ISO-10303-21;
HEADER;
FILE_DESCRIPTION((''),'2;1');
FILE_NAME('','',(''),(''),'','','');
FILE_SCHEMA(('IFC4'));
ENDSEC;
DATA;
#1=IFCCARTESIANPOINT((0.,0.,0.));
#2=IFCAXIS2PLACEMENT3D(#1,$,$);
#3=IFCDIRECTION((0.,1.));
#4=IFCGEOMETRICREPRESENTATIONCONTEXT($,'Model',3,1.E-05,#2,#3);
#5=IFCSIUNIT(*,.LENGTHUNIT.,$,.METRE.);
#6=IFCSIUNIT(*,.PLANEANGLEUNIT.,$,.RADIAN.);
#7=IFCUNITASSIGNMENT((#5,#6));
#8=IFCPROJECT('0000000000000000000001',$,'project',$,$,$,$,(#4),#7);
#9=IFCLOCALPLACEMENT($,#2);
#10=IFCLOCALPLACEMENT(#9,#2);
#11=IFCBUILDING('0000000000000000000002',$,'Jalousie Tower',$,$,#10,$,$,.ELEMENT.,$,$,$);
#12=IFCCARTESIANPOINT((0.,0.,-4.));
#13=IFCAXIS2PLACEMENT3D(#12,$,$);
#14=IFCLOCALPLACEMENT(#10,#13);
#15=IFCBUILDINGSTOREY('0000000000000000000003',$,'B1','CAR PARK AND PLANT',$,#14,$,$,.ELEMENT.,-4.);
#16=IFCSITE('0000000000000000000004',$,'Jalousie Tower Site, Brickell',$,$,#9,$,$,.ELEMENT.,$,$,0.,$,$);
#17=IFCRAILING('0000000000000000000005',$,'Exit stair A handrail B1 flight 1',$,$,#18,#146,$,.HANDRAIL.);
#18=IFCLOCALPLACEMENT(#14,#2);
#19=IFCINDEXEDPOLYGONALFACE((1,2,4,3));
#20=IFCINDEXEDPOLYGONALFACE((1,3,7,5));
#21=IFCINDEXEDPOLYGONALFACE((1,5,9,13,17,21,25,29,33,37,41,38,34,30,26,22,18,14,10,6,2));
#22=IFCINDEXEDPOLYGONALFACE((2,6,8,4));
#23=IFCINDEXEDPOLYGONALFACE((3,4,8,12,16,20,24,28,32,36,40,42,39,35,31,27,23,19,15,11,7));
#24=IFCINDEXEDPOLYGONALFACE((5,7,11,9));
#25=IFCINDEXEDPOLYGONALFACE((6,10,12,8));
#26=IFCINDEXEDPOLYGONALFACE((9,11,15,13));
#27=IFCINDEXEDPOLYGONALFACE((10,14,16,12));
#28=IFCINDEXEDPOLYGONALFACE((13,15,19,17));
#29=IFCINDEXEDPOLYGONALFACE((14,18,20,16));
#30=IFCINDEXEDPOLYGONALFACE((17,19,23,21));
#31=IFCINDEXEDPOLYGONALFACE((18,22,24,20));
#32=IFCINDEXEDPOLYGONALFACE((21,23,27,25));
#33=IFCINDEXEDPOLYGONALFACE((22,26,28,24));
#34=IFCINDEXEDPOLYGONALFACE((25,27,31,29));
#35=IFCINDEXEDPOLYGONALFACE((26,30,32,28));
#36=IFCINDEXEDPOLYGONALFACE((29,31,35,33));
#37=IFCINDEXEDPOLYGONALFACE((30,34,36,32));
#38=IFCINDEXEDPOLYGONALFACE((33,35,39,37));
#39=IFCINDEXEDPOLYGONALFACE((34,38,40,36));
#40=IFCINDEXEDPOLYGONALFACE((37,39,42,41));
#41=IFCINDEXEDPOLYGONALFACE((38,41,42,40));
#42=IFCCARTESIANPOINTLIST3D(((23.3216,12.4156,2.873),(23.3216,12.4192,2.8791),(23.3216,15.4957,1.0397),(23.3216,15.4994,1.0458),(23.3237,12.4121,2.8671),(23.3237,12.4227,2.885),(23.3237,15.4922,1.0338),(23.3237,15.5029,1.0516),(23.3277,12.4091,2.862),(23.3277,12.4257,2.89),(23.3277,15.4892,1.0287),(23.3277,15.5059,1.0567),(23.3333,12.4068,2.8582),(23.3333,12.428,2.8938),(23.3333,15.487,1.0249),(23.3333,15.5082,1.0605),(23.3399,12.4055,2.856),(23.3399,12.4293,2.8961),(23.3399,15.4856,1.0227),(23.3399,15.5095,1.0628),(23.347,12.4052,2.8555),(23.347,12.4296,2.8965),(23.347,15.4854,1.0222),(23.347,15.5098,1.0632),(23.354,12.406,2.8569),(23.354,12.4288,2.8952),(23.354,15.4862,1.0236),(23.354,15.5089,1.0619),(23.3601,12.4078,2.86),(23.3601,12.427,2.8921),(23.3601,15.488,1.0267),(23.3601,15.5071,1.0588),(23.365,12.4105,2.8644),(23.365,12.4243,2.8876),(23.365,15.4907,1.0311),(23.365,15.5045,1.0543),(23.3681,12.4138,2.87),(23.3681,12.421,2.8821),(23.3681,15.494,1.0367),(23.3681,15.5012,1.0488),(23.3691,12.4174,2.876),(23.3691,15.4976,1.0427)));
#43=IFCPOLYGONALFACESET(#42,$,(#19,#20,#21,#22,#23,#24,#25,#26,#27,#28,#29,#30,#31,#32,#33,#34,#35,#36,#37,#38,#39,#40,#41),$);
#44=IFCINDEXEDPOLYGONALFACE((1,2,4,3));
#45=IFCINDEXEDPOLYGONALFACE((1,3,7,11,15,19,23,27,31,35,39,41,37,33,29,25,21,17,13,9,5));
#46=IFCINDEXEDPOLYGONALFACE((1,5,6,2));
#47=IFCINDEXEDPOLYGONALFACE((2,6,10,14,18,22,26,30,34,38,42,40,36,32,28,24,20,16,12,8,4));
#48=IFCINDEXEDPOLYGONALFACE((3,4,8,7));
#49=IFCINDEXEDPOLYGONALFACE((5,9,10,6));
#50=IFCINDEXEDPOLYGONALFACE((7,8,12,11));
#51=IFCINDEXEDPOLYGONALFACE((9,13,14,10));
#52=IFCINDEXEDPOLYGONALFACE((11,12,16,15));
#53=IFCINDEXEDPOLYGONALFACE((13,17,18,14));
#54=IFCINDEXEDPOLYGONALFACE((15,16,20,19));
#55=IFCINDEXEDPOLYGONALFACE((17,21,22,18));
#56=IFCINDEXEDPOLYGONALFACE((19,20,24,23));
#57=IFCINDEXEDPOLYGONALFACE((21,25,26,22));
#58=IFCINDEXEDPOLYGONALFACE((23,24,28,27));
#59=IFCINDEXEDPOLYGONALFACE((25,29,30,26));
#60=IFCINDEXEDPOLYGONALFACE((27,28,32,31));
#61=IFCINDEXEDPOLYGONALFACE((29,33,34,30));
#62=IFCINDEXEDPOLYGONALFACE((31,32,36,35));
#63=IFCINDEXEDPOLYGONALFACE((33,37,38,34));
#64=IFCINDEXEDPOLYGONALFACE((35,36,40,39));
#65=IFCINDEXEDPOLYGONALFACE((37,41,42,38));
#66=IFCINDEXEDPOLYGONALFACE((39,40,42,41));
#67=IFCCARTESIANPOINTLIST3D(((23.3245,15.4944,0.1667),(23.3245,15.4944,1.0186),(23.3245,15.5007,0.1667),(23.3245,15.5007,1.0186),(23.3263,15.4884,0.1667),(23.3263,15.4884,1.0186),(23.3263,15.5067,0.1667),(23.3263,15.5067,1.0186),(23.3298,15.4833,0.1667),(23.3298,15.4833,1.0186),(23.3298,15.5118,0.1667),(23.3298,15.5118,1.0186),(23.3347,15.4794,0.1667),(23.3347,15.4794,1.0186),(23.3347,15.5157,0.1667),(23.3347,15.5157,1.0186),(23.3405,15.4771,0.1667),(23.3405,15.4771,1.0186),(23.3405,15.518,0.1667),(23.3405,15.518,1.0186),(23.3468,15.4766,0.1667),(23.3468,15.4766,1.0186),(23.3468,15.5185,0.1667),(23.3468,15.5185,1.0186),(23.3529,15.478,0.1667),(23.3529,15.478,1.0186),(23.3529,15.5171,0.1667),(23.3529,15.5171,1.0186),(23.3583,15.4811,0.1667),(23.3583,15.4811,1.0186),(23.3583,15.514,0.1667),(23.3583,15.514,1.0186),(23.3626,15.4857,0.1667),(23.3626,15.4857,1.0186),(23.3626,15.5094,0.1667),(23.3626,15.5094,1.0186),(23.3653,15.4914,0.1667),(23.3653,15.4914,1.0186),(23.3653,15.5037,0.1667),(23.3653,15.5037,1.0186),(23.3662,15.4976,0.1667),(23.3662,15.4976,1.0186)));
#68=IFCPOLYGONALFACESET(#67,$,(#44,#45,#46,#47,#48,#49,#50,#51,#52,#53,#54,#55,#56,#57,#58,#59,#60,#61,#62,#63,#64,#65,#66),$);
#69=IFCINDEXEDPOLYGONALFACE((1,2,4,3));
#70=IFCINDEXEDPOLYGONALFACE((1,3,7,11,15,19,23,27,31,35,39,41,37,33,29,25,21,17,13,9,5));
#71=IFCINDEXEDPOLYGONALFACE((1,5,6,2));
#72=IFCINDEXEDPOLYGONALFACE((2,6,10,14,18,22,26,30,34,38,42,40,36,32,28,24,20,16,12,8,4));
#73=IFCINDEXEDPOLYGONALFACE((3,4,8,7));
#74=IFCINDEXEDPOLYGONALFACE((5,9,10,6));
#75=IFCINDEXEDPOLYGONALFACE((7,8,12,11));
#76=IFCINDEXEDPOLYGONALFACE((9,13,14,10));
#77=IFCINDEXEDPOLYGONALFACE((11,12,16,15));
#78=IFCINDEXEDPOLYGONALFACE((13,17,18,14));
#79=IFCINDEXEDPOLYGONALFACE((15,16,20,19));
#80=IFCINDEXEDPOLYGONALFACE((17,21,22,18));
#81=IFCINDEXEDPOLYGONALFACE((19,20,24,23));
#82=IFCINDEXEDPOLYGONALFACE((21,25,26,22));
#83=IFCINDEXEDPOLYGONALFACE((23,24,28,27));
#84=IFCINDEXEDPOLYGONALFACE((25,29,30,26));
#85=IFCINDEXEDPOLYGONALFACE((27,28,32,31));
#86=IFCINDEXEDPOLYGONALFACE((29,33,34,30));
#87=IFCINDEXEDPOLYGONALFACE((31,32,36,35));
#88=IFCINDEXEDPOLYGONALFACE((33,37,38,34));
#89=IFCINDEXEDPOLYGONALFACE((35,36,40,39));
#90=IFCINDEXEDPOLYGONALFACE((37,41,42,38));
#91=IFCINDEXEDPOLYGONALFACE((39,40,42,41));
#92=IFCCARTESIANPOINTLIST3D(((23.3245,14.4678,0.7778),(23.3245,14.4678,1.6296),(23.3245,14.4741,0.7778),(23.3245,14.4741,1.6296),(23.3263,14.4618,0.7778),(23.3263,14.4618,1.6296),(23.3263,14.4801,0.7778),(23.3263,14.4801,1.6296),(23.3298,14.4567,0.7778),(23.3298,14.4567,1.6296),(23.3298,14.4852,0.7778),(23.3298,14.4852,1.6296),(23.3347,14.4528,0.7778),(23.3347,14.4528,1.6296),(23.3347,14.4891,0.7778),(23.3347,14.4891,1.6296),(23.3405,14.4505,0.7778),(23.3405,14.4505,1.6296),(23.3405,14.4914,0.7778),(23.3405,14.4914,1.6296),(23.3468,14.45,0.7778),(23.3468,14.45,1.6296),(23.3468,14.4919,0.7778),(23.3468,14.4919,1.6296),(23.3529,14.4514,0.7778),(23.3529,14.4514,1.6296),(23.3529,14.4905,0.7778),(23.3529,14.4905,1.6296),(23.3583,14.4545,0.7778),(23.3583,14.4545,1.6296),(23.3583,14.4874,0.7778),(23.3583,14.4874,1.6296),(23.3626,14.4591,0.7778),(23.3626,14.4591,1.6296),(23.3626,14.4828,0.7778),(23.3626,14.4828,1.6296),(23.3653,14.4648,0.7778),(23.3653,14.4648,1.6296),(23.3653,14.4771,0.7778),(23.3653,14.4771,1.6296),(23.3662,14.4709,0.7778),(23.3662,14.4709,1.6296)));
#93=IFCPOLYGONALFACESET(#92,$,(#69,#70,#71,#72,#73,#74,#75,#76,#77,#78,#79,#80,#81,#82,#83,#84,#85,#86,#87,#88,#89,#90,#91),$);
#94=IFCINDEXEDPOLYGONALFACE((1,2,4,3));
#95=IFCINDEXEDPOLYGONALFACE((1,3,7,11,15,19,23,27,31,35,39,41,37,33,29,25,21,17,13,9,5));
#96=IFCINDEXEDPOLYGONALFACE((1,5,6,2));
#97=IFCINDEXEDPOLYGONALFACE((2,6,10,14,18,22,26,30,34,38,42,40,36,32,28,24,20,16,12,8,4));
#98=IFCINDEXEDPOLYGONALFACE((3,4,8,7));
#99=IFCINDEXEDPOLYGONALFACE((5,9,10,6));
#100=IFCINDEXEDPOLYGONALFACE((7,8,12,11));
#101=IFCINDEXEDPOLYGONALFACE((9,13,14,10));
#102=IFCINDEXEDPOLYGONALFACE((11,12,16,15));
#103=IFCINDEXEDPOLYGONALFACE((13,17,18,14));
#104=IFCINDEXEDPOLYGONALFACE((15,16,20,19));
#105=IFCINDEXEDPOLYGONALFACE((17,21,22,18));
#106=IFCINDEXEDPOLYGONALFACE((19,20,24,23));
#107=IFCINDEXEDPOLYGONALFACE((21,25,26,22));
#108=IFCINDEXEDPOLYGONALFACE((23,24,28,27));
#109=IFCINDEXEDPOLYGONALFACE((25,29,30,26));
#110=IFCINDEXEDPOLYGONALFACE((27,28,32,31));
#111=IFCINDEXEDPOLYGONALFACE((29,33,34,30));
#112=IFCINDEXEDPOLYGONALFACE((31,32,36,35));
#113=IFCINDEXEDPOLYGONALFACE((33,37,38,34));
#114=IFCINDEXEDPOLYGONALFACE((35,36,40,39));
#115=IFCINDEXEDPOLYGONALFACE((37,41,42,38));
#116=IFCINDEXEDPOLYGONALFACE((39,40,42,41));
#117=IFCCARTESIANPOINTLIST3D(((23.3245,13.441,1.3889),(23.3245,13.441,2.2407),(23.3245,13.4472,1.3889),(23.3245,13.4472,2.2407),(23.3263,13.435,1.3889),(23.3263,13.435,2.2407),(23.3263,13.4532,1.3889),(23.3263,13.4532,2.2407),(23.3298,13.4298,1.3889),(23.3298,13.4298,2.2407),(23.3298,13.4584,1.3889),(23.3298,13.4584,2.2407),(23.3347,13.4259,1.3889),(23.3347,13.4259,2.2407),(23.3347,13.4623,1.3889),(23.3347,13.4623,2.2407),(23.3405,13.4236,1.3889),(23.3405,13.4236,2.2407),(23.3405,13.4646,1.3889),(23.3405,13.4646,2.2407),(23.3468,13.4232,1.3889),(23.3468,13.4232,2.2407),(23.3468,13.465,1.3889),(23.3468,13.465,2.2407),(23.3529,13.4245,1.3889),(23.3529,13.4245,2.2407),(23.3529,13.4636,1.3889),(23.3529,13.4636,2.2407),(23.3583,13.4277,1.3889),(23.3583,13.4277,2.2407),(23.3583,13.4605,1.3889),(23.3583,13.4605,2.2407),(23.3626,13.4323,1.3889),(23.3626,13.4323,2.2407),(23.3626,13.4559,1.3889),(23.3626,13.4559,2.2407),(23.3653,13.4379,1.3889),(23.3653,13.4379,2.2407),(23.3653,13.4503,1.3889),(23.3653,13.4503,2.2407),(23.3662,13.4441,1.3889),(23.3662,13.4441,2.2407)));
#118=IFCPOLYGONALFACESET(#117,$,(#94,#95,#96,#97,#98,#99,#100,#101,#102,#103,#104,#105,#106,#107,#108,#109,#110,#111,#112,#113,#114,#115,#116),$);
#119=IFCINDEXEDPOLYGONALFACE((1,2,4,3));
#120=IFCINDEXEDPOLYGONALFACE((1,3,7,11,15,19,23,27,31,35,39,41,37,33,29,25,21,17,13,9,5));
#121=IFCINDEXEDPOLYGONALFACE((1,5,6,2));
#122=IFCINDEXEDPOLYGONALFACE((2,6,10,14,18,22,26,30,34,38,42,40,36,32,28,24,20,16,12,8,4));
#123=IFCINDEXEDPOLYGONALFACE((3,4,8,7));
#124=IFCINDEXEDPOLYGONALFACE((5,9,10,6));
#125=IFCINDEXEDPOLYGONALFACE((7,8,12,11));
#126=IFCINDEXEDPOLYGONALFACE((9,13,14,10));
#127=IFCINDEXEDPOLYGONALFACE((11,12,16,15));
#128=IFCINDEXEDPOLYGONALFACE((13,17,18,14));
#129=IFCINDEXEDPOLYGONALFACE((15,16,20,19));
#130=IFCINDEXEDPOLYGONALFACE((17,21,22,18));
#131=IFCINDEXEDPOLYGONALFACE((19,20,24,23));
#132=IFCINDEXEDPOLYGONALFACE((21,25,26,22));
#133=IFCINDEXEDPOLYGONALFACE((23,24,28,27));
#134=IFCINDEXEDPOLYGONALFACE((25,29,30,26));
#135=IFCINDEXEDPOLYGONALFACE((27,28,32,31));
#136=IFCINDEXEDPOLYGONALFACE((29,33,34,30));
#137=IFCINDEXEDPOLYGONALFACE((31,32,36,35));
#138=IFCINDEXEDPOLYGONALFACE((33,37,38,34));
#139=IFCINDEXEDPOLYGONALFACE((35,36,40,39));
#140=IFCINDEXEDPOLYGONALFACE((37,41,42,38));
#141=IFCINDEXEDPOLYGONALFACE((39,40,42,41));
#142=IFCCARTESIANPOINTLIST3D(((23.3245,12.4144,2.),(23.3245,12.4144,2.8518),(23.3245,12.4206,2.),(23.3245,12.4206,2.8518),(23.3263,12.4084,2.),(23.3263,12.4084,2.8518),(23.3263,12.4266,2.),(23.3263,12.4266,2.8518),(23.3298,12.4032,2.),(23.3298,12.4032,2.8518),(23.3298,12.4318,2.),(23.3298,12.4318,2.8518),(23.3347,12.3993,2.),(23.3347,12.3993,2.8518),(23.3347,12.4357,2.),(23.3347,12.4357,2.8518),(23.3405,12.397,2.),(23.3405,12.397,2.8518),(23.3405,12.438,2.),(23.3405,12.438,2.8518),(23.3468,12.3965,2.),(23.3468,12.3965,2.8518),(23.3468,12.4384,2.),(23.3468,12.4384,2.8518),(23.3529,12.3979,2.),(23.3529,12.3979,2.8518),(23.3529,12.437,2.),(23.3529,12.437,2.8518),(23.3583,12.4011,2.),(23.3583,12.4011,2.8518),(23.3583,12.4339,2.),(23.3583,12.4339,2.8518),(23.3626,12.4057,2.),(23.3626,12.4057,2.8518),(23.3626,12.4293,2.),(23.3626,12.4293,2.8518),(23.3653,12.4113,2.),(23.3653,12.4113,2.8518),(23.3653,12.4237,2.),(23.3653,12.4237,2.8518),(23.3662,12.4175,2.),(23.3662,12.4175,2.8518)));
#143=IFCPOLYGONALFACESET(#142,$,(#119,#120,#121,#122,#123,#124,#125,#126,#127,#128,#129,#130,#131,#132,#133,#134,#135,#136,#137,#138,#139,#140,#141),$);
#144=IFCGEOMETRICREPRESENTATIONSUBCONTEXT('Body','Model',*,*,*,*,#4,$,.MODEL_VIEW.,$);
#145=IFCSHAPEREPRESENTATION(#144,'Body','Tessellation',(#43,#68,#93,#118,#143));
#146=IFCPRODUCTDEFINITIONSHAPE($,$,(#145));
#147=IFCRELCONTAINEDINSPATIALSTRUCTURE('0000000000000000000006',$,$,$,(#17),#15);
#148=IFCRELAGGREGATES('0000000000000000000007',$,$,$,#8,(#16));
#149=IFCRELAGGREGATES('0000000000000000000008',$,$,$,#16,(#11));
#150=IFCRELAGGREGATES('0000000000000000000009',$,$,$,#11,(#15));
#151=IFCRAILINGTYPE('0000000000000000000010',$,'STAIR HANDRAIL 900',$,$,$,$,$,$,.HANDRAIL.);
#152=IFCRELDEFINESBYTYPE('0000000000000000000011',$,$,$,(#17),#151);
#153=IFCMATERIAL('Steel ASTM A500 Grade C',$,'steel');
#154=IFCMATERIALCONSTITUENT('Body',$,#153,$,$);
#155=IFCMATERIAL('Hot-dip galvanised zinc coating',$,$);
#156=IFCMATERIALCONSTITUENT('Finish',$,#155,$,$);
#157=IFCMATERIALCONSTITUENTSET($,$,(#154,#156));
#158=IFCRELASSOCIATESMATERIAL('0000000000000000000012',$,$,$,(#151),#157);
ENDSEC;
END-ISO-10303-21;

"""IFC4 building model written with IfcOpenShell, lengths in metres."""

from ifc_helpers import new_model, si_unit, direction, frame, origin, origin_2d, place, context, subcontext, project, spatial, circle, extrude, material, constituent, constituent_set, type_object, element, save


model = new_model("IFC4")

# Units and contexts
model_context = context("Model", 3, precision=1e-05, world=origin(), true_north=direction((0.0, 1.0)))
body_context = subcontext(model_context, "Body", "Model", "MODEL_VIEW")
ifc_project = project(units=[si_unit("LENGTHUNIT", "METRE"), si_unit("PLANEANGLEUNIT", "RADIAN")], contexts=[model_context])

# Site, building, storey
site_placement = place(None, origin())
site = spatial("IfcSite", under=ifc_project, at=site_placement, Name="Jalousie Tower Site, Brickell", CompositionType="ELEMENT", RefElevation=0.0)
building_placement = place(site_placement, origin())
building = spatial("IfcBuilding", under=site, at=building_placement, Name="Jalousie Tower", CompositionType="ELEMENT")
storey_placement = place(building_placement, frame((0.0, 0.0, -4.0)))
storey = spatial("IfcBuildingStorey", under=building, at=storey_placement, Name="B1", Description="CAR PARK AND PLANT", CompositionType="ELEMENT", Elevation=-4.0)

# Railing
ifc_material_1 = material(Name="Steel ASTM A500 Grade C", Category="steel")
ifc_constituent_1 = constituent(ifc_material_1, Name="Body")
ifc_material_2 = material(Name="Hot-dip galvanised zinc coating")
ifc_constituent_2 = constituent(ifc_material_2, Name="Finish")
ifc_constituent_set_1 = constituent_set(constituents=[ifc_constituent_1, ifc_constituent_2])
railing_type_1 = type_object("IfcRailingType", Name="STAIR HANDRAIL 900", PredefinedType="HANDRAIL", material=ifc_constituent_set_1)
railing_1_placement = place(storey_placement, frame((23.3452, 15.4976, 0.1667)))
element("IfcRailing", 1, at=railing_1_placement, inside=storey, type_object=railing_type_1, Name="Exit stair A handrail B1 flight 1", PredefinedType="HANDRAIL", context=body_context, shape_type="SweptSolid", body=[
    extrude(circle(Radius=0.0239, at=origin_2d()), frame((0.0, 0.0, 0.876), z_axis=(0.0, -0.859309, 0.511458), x_axis=(1.0, 0.0, 0.0)), (0.0, 0.0, 1.0), 3.5845),
    extrude(circle(Radius=0.021, at=origin_2d()), origin(), (0.0, 0.0, 1.0), 0.8518),
    extrude(circle(Radius=0.021, at=origin_2d()), frame((0.0, -1.0266, 0.6111)), (0.0, 0.0, 1.0), 0.8518),
    extrude(circle(Radius=0.021, at=origin_2d()), frame((0.0, -2.0535, 1.2222)), (0.0, 0.0, 1.0), 0.8518),
    extrude(circle(Radius=0.021, at=origin_2d()), frame((0.0, -3.0801, 1.8333)), (0.0, 0.0, 1.0), 0.8518),
])

save(model, "model.ifc")
